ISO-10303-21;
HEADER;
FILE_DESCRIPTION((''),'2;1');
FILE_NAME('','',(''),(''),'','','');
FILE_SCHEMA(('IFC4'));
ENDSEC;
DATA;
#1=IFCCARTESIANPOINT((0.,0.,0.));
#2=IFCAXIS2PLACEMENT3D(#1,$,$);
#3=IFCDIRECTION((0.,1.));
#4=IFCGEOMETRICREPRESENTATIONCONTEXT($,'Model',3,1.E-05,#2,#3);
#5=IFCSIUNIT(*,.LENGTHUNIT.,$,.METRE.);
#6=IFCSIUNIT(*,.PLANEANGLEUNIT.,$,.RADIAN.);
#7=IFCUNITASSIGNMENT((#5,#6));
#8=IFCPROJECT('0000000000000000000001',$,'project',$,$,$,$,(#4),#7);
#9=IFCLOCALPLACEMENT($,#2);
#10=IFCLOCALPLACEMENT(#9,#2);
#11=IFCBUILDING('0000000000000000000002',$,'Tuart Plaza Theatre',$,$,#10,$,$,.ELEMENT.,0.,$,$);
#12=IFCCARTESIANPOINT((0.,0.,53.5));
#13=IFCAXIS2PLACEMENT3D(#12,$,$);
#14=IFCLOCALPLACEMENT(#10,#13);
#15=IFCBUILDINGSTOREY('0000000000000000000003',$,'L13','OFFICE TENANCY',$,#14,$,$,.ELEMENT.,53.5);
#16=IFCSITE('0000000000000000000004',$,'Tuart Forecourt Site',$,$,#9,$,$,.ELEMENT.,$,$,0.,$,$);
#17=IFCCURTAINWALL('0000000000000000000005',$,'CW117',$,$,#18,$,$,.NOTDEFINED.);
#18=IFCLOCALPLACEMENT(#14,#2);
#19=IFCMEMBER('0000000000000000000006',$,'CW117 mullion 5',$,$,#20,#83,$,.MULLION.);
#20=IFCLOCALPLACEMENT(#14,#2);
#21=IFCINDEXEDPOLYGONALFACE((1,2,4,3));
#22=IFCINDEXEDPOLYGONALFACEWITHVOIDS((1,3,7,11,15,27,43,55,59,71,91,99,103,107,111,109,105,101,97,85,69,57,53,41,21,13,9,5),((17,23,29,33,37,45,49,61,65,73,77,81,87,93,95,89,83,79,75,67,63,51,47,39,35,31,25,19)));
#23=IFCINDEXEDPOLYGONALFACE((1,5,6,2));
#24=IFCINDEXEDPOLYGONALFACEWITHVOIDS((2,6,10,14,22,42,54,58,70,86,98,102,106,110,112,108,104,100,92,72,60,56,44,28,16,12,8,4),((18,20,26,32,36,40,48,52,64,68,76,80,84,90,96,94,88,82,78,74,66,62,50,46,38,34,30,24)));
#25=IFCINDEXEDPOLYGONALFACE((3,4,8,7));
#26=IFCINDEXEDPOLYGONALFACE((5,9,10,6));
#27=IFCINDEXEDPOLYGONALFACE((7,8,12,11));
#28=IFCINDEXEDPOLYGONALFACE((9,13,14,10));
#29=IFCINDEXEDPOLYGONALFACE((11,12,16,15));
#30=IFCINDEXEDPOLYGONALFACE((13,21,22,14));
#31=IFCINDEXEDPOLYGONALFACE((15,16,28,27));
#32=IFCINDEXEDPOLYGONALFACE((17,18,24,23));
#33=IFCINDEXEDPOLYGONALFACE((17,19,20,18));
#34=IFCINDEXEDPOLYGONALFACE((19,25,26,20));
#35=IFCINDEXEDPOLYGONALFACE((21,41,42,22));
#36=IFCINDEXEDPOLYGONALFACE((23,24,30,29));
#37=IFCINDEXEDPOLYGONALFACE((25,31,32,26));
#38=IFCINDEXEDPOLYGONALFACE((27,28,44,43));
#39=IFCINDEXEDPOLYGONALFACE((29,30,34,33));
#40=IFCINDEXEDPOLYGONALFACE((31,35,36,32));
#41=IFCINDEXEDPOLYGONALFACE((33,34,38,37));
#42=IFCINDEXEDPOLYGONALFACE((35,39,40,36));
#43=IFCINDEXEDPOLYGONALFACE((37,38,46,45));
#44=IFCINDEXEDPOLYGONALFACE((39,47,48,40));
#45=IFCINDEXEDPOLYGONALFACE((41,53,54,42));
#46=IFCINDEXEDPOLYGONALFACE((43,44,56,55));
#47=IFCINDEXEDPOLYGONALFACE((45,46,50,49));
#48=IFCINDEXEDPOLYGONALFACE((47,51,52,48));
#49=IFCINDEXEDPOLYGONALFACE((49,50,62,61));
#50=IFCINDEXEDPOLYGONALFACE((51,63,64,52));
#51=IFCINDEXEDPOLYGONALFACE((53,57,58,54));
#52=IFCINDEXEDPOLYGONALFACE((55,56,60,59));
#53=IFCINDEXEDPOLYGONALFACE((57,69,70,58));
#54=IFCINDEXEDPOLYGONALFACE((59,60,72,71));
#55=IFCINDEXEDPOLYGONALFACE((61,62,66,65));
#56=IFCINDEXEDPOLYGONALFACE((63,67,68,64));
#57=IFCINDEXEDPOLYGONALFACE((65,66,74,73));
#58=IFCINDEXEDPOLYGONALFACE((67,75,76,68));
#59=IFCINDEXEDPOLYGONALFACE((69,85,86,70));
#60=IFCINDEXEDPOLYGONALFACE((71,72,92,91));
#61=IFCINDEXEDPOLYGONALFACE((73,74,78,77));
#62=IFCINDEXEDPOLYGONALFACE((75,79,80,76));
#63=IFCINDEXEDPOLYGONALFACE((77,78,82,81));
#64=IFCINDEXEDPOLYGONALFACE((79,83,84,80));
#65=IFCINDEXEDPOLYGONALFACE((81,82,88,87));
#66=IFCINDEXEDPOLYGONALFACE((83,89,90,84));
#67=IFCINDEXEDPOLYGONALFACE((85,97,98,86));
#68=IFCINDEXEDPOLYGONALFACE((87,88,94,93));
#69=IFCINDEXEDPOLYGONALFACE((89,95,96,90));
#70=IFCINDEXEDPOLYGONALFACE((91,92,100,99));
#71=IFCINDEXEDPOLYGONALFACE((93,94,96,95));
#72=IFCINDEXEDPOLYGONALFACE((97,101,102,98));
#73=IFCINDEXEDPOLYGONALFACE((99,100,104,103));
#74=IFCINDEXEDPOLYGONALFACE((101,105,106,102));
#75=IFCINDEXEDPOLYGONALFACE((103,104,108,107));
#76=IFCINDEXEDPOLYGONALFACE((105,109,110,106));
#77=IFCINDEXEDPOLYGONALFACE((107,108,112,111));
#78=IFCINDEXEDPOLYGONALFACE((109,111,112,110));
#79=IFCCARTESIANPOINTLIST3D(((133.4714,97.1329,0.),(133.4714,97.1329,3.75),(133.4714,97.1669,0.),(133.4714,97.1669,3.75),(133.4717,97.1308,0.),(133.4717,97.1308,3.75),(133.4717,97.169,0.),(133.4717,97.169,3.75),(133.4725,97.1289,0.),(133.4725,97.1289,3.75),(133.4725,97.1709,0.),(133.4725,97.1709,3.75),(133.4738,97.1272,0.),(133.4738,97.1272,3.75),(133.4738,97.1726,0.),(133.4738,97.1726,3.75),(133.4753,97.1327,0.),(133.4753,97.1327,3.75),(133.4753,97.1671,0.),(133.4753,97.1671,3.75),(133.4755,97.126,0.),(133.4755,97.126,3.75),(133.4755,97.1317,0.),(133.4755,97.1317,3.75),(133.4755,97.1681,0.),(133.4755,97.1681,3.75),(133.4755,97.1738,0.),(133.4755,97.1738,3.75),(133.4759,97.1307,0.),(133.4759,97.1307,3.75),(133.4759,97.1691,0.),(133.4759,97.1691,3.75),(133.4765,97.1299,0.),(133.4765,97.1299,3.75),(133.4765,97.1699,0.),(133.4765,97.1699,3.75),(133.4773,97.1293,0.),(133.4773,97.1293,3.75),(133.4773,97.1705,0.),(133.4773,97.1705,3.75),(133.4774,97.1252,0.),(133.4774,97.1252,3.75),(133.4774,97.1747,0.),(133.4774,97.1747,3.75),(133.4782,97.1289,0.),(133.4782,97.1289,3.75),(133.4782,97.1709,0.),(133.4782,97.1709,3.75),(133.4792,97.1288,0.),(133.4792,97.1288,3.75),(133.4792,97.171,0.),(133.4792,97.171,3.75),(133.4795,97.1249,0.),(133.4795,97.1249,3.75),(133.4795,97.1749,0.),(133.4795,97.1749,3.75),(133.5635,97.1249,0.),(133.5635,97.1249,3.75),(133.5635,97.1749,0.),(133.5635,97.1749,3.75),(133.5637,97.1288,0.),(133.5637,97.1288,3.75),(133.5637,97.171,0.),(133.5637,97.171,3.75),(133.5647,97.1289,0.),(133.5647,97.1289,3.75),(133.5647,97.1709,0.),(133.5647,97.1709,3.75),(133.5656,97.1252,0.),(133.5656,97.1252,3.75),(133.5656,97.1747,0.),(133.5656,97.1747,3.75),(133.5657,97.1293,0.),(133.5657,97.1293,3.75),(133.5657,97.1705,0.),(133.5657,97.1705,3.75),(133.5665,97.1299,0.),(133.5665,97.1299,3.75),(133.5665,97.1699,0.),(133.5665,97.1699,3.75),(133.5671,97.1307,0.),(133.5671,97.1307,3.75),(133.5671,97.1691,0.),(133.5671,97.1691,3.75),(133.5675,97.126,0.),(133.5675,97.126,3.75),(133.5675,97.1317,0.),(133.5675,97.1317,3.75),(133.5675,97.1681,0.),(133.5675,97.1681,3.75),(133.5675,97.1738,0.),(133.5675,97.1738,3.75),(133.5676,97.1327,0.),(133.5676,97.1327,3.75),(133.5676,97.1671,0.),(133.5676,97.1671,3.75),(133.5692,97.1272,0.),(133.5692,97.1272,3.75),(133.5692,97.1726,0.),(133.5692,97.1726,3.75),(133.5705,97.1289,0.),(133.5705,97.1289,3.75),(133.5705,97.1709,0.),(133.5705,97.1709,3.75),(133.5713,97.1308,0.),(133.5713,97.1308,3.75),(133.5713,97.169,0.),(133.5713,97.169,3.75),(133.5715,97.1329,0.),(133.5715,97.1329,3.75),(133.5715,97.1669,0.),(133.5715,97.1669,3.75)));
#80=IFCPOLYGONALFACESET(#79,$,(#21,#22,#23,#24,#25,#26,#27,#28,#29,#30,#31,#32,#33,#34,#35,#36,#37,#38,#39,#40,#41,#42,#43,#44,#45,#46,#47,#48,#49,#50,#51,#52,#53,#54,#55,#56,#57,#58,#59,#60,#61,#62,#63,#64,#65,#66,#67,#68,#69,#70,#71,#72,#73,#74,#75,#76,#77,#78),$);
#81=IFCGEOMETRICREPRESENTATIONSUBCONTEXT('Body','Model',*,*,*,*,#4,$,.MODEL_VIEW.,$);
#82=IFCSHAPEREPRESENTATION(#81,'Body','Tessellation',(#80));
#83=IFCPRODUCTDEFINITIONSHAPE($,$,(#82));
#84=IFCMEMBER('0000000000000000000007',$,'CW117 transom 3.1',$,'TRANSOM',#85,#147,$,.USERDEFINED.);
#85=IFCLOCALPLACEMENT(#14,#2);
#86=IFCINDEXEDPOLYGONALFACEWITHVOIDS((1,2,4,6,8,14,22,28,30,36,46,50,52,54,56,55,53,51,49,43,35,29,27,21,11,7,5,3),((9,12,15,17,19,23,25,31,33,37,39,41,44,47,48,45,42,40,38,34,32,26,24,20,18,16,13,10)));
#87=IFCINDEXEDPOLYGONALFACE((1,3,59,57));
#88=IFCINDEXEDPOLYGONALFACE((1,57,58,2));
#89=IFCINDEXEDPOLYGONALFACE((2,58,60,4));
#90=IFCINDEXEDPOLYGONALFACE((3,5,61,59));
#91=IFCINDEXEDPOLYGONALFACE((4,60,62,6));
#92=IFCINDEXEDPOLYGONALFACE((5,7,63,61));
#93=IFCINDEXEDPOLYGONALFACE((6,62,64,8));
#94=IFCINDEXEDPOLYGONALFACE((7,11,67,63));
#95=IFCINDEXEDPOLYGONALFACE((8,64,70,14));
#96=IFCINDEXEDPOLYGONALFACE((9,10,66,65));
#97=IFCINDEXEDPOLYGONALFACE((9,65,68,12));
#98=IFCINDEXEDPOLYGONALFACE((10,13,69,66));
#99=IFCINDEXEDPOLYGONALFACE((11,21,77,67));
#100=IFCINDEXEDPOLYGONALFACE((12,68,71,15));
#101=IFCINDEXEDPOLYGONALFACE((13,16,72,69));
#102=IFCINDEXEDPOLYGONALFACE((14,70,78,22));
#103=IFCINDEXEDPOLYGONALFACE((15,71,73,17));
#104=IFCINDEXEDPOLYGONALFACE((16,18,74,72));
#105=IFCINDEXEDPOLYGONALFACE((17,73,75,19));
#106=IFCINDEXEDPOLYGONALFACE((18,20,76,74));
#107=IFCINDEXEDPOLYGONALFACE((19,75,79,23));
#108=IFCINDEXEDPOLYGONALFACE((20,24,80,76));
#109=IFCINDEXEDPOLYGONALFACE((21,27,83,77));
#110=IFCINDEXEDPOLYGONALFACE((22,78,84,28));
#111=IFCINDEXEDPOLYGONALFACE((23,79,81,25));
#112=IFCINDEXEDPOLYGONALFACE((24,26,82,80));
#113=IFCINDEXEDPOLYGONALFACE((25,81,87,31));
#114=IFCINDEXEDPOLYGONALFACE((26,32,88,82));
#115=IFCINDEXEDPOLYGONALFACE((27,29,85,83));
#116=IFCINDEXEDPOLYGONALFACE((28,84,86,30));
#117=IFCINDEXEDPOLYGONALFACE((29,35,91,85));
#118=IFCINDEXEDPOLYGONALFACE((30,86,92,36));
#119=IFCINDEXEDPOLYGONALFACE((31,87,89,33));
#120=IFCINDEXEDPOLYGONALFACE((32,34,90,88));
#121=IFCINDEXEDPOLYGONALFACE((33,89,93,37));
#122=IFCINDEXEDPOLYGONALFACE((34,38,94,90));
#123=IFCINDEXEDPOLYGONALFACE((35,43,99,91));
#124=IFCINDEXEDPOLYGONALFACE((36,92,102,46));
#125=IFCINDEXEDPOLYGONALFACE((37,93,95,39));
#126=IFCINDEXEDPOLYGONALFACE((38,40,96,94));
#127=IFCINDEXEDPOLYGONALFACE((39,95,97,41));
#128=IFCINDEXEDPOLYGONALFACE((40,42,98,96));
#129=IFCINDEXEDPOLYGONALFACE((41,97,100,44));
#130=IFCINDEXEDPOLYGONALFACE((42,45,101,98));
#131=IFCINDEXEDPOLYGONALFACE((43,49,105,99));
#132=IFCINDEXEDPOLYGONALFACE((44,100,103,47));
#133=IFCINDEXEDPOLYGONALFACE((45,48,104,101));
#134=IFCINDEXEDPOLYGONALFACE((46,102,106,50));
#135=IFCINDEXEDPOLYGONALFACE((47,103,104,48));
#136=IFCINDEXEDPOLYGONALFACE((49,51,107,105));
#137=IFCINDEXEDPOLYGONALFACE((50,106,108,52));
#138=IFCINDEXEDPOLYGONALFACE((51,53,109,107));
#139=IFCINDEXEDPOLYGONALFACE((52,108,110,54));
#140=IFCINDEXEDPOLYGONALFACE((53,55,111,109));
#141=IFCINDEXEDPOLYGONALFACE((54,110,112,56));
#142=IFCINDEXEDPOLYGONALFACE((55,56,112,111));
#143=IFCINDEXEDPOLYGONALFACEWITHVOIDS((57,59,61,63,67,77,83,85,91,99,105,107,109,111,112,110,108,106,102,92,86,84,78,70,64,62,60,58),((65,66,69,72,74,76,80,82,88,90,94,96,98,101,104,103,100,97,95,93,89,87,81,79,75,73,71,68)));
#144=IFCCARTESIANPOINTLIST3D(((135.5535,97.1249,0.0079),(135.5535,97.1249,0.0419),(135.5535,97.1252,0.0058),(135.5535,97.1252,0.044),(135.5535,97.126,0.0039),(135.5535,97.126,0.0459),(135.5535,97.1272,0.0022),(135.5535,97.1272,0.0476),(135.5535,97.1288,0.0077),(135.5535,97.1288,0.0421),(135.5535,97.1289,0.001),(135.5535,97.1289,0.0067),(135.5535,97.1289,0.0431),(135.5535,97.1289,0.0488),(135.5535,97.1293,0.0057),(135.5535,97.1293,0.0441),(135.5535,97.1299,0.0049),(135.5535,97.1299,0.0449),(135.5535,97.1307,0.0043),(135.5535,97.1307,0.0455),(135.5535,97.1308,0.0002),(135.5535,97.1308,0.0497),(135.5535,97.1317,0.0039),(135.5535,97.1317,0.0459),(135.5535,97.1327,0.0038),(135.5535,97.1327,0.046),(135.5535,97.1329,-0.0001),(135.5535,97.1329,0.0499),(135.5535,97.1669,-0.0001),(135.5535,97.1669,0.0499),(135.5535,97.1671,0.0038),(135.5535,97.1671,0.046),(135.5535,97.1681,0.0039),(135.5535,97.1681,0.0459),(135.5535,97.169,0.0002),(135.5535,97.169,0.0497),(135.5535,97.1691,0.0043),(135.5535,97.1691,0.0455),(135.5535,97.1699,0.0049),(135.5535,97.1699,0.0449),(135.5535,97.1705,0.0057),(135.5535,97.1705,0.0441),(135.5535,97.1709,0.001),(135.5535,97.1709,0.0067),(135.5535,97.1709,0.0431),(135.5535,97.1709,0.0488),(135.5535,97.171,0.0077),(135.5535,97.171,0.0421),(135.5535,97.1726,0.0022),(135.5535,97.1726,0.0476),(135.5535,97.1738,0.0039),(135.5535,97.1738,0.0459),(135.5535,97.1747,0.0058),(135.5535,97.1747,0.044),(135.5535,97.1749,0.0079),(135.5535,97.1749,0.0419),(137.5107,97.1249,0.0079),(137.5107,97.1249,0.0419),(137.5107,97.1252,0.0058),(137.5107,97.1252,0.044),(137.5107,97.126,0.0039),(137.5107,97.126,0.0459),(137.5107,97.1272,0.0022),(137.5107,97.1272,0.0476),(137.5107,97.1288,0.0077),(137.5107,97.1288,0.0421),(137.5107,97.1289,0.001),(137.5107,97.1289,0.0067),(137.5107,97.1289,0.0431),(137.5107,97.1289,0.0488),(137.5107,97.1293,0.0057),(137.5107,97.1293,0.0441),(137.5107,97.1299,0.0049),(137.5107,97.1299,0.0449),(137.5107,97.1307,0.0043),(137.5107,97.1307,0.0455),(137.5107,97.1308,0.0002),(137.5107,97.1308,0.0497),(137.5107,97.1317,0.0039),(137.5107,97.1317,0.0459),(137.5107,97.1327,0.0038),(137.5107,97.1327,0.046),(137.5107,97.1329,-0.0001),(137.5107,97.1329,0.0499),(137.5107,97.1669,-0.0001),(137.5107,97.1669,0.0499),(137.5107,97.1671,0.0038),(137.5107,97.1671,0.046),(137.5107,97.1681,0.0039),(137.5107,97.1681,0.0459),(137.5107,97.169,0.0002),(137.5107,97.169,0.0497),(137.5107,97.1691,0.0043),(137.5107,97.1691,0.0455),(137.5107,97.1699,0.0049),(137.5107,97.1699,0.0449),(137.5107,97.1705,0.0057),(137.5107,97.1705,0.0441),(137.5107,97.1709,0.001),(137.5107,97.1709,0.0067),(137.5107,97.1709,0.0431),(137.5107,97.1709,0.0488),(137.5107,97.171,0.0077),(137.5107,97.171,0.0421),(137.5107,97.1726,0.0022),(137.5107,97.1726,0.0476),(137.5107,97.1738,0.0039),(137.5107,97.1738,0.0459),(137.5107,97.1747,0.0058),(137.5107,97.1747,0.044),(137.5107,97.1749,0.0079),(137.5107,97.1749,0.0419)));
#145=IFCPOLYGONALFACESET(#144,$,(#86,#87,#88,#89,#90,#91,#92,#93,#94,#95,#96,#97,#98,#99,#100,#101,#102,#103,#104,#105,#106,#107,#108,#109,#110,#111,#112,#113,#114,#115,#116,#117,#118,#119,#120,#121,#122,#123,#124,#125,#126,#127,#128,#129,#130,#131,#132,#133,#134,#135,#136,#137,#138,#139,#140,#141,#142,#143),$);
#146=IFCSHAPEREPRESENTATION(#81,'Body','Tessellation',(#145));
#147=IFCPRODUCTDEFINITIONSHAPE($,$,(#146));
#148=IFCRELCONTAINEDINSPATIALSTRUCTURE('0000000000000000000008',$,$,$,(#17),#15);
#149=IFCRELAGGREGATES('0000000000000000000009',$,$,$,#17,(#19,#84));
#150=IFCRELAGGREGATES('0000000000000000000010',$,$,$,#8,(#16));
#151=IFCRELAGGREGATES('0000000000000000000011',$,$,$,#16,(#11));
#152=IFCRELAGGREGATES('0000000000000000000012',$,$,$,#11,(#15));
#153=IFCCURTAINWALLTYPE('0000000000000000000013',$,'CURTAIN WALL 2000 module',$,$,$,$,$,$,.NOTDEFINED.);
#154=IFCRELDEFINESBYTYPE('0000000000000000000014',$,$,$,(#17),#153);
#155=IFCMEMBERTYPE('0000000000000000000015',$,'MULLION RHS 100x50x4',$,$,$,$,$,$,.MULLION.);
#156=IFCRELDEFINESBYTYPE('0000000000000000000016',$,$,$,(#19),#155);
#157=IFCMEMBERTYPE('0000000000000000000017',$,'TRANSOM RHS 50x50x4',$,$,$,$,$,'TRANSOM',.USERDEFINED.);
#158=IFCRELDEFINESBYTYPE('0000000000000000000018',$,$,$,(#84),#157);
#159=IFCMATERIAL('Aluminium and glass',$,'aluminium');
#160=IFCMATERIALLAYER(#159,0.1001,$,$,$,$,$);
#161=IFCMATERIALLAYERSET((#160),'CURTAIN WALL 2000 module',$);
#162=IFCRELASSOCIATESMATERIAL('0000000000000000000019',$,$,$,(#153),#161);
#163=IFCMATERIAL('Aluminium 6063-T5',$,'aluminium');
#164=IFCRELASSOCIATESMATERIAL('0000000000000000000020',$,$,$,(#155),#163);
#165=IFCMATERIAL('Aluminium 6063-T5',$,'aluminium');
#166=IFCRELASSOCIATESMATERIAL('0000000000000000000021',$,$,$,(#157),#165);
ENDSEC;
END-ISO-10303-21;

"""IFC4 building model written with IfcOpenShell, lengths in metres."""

from ifc_helpers import new_model, si_unit, direction, frame, origin, origin_2d, place, context, subcontext, project, spatial, hollow_rectangle, extrude, material, layer, layer_set, material_profile, profile_set, type_object, element, aggregate, save


model = new_model("IFC4")

# Units and contexts
model_context = context("Model", 3, precision=1e-05, world=origin(), true_north=direction((0.0, 1.0)))
body_context = subcontext(model_context, "Body", "Model", "MODEL_VIEW")
ifc_project = project(units=[si_unit("LENGTHUNIT", "METRE"), si_unit("PLANEANGLEUNIT", "RADIAN")], contexts=[model_context])

# Site, building, storey
site_placement = place(None, origin())
site = spatial("IfcSite", under=ifc_project, at=site_placement, Name="Tuart Forecourt Site", CompositionType="ELEMENT", RefElevation=0.0)
building_placement = place(site_placement, origin())
building = spatial("IfcBuilding", under=site, at=building_placement, Name="Tuart Plaza Theatre", CompositionType="ELEMENT", ElevationOfRefHeight=0.0)
storey_placement = place(building_placement, frame((0.0, 0.0, 53.5)))
storey = spatial("IfcBuildingStorey", under=building, at=storey_placement, Name="L13", Description="OFFICE TENANCY", CompositionType="ELEMENT", Elevation=53.5)

# Curtain wall, members
ifc_material_1 = material(Name="Aluminium and glass", Category="aluminium")
ifc_layer_1 = layer(ifc_material_1, 0.1001)
ifc_layer_set_1 = layer_set([ifc_layer_1], Name="CURTAIN WALL 2000 module")
curtain_wall_type = type_object("IfcCurtainWallType", Name="CURTAIN WALL 2000 module", PredefinedType="NOTDEFINED", material=ifc_layer_set_1)
curtain_wall_placement = place(storey_placement, origin())
curtain_wall = element("IfcCurtainWall", 1, at=curtain_wall_placement, inside=storey, type_object=curtain_wall_type, Name="CW117", PredefinedType="NOTDEFINED")
ifc_material_2 = material(Name="Aluminium 6063-T5", Category="aluminium")
ifc_material_profile_1 = material_profile(ifc_material_2, hollow_rectangle(XDim=0.05, YDim=0.1001, WallThickness=0.0039, InnerFilletRadius=0.0039, OuterFilletRadius=0.0081, at=origin_2d()), Name="RHS 100x50x4")
ifc_profile_set_1 = profile_set([ifc_material_profile_1], Name="Aluminium 6063-T5")
member_type_1 = type_object("IfcMemberType", Name="MULLION RHS 100x50x4", PredefinedType="MULLION", material=ifc_profile_set_1)
member_1_placement = place(storey_placement, frame((133.5215, 97.1499, 0.0), z_axis=(0.0, 0.0, 1.0), x_axis=(0.0, -1.0, 0.0)))
member_1 = element("IfcMember", 2, at=member_1_placement, type_object=member_type_1, Name="CW117 mullion 5", PredefinedType="MULLION", context=body_context, shape_type="SweptSolid", body=[
    extrude(hollow_rectangle(XDim=0.05, YDim=0.1001, WallThickness=0.0039, InnerFilletRadius=0.0039, OuterFilletRadius=0.0081, at=origin_2d()), origin(), (0.0, 0.0, 1.0), 3.75),
])
ifc_material_3 = material(Name="Aluminium 6063-T5", Category="aluminium")
ifc_material_profile_2 = material_profile(ifc_material_3, hollow_rectangle(XDim=0.05, YDim=0.05, WallThickness=0.0039, InnerFilletRadius=0.0039, OuterFilletRadius=0.0081, at=origin_2d()), Name="RHS 50x50x4")
ifc_profile_set_2 = profile_set([ifc_material_profile_2], Name="Aluminium 6063-T5")
member_type_2 = type_object("IfcMemberType", Name="TRANSOM RHS 50x50x4", ElementType="TRANSOM", PredefinedType="USERDEFINED", material=ifc_profile_set_2)
member_2_placement = place(storey_placement, frame((137.5107, 97.1499, 0.0249), z_axis=(-1.0, 0.0, 0.0), x_axis=(0.0, -1.0, 0.0)))
member_2 = element("IfcMember", 3, at=member_2_placement, type_object=member_type_2, Name="CW117 transom 3.1", ObjectType="TRANSOM", PredefinedType="USERDEFINED", context=body_context, shape_type="SweptSolid", body=[
    extrude(hollow_rectangle(XDim=0.05, YDim=0.05, WallThickness=0.0039, InnerFilletRadius=0.0039, OuterFilletRadius=0.0081, at=origin_2d()), origin(), (0.0, 0.0, 1.0), 1.9573),
])
aggregate(curtain_wall, [member_1, member_2])

save(model, "model.ifc")
